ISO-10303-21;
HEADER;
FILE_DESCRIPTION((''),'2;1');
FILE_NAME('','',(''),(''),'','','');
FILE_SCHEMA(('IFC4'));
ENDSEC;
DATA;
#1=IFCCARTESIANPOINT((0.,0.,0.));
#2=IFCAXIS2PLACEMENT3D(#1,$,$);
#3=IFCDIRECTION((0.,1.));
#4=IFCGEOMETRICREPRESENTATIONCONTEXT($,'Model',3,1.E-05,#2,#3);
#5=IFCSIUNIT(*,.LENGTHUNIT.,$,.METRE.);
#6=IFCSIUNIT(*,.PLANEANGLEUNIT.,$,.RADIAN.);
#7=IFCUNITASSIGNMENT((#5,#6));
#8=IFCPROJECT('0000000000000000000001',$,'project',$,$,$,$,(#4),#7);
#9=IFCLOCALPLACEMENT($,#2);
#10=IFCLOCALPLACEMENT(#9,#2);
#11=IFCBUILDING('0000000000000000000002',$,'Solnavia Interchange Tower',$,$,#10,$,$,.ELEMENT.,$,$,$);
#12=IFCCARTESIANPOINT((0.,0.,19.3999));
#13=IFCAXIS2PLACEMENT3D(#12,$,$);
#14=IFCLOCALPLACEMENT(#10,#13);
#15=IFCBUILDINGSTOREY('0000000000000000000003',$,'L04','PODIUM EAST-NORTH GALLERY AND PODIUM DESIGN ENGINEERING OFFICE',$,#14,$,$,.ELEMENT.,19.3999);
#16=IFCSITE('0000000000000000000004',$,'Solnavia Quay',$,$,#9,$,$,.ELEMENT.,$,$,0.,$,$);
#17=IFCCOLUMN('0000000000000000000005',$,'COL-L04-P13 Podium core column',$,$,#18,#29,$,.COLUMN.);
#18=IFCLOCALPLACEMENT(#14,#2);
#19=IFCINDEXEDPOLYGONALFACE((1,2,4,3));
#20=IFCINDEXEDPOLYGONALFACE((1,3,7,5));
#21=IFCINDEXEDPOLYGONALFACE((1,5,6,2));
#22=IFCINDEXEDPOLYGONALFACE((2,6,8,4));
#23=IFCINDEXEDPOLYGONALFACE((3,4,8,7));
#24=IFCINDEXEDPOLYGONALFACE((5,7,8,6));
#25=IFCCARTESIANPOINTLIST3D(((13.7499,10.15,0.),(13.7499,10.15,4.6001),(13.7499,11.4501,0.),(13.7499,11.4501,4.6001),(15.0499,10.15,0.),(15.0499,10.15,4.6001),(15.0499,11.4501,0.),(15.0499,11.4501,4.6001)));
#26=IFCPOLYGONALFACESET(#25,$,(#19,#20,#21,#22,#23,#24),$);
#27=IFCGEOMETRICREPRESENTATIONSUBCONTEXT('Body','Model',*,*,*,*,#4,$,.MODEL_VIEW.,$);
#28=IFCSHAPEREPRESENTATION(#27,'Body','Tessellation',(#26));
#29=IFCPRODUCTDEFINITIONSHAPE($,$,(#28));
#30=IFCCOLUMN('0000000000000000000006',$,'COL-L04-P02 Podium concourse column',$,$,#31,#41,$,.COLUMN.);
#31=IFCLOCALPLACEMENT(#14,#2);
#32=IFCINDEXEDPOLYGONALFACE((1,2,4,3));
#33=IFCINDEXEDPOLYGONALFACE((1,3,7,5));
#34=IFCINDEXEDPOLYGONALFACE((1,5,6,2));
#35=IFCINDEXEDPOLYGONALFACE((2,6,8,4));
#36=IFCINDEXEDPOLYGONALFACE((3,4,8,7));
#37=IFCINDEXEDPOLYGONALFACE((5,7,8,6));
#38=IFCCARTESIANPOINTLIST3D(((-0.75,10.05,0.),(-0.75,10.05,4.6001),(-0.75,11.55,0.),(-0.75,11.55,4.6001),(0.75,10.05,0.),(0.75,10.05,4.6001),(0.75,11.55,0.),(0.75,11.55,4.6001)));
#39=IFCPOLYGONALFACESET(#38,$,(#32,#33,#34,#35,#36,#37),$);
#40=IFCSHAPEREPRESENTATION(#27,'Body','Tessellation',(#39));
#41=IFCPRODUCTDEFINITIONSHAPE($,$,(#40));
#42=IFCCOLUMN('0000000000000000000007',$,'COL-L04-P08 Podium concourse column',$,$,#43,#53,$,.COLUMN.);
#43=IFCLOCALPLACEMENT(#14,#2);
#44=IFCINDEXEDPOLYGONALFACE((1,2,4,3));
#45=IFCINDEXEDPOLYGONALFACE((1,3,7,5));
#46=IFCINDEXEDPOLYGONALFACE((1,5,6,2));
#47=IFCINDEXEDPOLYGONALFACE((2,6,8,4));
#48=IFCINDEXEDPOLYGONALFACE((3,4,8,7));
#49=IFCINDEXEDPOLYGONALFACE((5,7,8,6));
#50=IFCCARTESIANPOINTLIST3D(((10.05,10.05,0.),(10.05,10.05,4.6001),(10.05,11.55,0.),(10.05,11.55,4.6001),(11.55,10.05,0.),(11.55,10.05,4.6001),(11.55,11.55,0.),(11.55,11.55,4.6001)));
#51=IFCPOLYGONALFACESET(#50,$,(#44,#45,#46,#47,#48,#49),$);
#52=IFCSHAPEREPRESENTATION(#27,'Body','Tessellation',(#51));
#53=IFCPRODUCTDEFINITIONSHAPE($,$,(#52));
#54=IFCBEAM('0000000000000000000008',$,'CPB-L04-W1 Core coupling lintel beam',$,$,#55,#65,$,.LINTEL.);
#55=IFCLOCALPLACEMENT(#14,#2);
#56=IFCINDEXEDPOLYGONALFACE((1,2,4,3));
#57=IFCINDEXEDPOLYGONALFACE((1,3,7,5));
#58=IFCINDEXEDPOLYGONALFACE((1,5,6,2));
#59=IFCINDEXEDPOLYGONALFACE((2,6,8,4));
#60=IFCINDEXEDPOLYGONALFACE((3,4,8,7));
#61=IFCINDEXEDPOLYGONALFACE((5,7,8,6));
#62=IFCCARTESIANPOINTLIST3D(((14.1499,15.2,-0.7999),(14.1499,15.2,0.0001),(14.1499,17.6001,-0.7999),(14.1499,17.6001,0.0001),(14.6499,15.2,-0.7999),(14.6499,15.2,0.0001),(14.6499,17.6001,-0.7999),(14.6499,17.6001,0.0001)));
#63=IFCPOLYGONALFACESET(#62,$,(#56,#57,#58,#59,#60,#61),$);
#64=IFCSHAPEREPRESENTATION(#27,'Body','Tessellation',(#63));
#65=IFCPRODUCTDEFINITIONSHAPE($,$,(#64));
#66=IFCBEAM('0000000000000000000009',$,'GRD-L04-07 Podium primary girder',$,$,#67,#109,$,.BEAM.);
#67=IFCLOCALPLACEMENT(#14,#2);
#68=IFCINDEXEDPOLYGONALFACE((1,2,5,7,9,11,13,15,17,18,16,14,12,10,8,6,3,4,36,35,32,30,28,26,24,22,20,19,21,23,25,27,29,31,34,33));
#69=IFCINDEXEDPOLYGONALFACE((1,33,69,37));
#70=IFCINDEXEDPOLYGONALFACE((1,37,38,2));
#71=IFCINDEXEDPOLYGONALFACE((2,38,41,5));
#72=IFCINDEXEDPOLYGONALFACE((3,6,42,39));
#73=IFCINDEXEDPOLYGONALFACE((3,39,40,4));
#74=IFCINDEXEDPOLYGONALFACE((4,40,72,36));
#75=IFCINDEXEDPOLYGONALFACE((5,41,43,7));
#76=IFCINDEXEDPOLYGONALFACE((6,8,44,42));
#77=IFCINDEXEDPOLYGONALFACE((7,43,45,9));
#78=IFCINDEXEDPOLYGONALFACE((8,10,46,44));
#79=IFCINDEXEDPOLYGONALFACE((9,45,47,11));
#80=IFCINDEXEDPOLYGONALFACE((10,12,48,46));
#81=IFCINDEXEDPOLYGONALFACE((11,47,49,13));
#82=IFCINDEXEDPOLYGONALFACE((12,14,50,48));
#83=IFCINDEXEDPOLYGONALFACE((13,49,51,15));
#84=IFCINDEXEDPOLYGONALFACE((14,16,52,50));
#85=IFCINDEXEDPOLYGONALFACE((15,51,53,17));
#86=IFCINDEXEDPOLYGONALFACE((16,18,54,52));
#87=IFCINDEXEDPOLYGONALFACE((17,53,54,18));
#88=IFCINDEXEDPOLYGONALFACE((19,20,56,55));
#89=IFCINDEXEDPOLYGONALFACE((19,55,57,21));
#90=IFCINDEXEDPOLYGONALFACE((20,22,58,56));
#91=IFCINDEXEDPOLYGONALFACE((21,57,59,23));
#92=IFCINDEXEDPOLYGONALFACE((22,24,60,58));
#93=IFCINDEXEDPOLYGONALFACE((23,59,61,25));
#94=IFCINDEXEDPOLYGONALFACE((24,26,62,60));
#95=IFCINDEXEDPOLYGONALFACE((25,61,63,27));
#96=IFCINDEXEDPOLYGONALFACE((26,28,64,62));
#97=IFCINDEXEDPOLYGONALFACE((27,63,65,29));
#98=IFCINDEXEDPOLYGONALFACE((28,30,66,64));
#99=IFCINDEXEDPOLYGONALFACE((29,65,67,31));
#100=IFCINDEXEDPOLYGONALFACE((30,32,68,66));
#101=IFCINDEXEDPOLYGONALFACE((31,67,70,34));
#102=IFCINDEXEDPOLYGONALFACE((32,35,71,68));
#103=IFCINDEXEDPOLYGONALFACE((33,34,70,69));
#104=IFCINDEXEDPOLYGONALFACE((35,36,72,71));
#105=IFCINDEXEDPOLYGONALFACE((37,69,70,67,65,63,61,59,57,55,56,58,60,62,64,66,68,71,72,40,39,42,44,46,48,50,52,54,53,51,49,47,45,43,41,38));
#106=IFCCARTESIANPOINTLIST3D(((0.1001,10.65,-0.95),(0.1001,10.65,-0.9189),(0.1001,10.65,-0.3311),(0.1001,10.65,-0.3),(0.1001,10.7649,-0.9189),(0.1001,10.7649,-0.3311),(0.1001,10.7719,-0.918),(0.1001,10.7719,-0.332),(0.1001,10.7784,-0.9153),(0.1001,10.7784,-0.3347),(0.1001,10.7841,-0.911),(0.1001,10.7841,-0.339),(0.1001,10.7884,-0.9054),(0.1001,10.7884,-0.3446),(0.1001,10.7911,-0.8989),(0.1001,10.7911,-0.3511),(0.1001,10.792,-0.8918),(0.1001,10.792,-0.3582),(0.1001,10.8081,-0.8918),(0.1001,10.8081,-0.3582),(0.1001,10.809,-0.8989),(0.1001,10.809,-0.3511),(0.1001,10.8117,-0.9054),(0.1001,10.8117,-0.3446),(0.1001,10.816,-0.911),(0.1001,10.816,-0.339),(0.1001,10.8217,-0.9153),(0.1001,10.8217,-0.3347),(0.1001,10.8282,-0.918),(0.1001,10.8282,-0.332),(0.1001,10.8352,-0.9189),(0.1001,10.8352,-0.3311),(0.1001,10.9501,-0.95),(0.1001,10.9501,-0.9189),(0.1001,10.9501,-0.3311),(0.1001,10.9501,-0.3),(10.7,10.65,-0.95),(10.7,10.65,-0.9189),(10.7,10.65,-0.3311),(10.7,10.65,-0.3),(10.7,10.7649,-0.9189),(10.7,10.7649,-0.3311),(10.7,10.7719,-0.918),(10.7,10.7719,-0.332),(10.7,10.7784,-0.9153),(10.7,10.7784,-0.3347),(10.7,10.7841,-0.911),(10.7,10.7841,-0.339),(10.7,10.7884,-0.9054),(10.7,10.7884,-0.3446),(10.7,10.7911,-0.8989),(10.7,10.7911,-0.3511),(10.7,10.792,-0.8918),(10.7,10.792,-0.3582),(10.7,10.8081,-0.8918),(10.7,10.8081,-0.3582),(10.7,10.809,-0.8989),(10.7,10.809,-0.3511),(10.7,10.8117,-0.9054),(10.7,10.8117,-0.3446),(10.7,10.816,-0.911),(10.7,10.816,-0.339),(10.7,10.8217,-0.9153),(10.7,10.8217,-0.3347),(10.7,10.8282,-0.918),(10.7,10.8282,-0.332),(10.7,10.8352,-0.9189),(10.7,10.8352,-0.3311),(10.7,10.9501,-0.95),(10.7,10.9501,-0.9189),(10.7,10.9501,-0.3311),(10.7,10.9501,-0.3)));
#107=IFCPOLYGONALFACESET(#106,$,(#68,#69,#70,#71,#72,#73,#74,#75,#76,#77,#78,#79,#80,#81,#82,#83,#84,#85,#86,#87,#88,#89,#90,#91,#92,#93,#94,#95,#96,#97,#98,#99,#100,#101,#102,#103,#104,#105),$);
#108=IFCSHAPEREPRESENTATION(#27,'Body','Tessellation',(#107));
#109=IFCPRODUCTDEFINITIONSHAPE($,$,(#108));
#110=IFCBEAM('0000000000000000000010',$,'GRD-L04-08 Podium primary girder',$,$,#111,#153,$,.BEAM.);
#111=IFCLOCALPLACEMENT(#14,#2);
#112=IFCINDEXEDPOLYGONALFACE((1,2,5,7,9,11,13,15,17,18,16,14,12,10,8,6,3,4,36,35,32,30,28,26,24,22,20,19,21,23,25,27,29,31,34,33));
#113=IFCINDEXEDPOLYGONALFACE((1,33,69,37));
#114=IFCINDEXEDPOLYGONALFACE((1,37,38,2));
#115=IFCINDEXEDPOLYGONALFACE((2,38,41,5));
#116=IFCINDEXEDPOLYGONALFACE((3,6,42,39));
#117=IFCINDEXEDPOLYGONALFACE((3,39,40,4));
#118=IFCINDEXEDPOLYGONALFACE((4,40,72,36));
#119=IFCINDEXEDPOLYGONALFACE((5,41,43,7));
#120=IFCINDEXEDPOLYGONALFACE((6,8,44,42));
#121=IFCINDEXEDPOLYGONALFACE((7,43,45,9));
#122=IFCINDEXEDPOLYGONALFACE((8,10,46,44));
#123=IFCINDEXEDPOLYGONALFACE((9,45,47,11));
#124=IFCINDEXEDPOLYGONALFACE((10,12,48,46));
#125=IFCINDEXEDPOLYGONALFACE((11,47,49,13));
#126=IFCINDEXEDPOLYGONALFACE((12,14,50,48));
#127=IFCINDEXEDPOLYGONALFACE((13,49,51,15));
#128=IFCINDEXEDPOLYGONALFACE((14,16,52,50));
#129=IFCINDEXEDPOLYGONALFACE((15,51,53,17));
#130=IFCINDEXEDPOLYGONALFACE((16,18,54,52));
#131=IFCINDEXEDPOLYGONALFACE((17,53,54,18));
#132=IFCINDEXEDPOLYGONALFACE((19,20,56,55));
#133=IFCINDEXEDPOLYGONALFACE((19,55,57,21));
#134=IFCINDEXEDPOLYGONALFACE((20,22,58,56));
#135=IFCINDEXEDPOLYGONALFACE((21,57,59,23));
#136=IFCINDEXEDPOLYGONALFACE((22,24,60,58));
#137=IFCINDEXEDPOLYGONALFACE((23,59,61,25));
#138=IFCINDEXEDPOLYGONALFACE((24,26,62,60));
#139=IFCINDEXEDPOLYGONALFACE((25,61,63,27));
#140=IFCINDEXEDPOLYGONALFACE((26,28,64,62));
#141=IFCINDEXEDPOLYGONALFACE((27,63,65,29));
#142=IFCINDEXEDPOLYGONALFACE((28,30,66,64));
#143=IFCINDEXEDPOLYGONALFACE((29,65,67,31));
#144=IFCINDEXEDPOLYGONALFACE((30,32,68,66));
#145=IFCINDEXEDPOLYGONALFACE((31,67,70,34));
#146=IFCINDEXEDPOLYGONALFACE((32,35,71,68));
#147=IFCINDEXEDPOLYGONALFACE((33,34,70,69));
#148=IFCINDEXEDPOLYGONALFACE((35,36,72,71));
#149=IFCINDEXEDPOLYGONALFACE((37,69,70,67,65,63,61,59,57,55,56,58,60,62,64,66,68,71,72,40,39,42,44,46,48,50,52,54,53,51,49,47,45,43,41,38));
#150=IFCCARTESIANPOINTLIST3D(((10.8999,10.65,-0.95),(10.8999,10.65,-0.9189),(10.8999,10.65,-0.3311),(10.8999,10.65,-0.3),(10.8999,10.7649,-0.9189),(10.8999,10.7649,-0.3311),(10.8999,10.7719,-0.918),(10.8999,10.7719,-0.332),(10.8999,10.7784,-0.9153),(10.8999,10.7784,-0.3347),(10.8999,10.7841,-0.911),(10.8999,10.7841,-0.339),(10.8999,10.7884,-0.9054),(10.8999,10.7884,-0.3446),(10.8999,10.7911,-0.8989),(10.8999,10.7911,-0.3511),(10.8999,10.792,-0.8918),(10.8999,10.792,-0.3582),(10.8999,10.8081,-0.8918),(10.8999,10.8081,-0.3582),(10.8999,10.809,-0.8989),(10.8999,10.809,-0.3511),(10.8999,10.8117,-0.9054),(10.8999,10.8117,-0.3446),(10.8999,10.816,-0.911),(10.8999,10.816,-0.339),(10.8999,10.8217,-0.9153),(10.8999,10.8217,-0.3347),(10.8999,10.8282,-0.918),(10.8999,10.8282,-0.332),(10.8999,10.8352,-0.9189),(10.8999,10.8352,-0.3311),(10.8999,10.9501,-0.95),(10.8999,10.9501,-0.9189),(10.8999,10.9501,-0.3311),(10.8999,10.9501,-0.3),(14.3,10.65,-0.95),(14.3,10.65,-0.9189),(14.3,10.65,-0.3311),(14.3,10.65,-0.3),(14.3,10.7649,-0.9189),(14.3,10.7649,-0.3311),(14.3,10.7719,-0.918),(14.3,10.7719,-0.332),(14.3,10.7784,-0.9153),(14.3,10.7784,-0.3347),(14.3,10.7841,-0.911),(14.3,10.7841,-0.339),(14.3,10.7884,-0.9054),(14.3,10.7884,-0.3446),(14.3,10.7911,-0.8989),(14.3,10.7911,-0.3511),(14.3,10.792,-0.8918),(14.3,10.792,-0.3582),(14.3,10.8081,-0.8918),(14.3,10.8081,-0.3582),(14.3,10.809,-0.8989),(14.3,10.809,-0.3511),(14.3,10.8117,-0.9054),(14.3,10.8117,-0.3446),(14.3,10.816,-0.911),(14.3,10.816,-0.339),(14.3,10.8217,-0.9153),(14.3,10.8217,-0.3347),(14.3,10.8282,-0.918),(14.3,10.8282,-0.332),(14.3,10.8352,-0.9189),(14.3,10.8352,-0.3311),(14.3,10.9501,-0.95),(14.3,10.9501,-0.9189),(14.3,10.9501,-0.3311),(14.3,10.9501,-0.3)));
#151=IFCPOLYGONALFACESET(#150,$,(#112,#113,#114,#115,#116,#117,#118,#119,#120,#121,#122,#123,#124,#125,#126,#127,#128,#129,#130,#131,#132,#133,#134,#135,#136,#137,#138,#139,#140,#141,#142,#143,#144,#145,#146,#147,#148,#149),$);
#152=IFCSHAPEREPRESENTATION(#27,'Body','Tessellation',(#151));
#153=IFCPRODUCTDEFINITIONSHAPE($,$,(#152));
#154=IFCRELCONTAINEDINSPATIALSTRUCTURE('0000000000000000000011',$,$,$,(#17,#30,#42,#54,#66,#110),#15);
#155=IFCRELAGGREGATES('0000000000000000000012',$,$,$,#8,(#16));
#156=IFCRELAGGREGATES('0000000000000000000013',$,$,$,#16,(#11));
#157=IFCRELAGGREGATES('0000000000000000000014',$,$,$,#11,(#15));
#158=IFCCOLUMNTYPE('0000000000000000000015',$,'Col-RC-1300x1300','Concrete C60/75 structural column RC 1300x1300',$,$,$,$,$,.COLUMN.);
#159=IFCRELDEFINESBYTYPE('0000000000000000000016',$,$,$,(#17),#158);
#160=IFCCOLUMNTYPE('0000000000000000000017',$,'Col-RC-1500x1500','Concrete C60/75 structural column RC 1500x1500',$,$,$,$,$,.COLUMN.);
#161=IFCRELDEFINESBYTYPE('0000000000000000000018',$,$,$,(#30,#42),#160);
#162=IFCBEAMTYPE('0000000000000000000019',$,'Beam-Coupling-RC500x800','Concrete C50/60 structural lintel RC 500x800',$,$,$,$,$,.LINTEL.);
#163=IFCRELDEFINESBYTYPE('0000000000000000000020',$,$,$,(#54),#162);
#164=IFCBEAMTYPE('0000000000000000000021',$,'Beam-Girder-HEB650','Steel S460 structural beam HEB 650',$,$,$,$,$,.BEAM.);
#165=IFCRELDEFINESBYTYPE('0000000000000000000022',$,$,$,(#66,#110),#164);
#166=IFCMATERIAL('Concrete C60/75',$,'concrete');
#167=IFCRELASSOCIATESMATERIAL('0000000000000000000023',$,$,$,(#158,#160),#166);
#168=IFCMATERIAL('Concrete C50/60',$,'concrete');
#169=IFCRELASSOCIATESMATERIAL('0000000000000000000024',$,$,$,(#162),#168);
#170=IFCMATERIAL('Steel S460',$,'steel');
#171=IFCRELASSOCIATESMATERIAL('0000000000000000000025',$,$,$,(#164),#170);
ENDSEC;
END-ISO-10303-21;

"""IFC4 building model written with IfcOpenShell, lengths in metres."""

from ifc_helpers import new_model, si_unit, direction, frame, origin, origin_2d, place, context, subcontext, project, spatial, rectangle, i_section, extrude, material, material_profile, profile_set, type_object, element, save


model = new_model("IFC4")

# Units and contexts
model_context = context("Model", 3, precision=1e-05, world=origin(), true_north=direction((0.0, 1.0)))
body_context = subcontext(model_context, "Body", "Model", "MODEL_VIEW")
ifc_project = project(units=[si_unit("LENGTHUNIT", "METRE"), si_unit("PLANEANGLEUNIT", "RADIAN")], contexts=[model_context])

# Site, building, storey
site_placement = place(None, origin())
site = spatial("IfcSite", under=ifc_project, at=site_placement, Name="Solnavia Quay", CompositionType="ELEMENT", RefElevation=0.0)
building_placement = place(site_placement, origin())
building = spatial("IfcBuilding", under=site, at=building_placement, Name="Solnavia Interchange Tower", CompositionType="ELEMENT")
storey_placement = place(building_placement, frame((0.0, 0.0, 19.3999)))
storey = spatial("IfcBuildingStorey", under=building, at=storey_placement, Name="L04", Description="PODIUM EAST-NORTH GALLERY AND PODIUM DESIGN ENGINEERING OFFICE", CompositionType="ELEMENT", Elevation=19.3999)

# Columns
ifc_material_1 = material(Name="Concrete C60/75", Category="concrete")
ifc_material_profile_1 = material_profile(ifc_material_1, rectangle(XDim=1.3, YDim=1.3, at=origin_2d()), Name="RC 1300x1300")
ifc_profile_set_1 = profile_set([ifc_material_profile_1], Name="Concrete C60/75")
column_type_1 = type_object("IfcColumnType", Name="Col-RC-1300x1300", Description="Concrete C60/75 structural column RC 1300x1300", PredefinedType="COLUMN", material=ifc_profile_set_1)
column_placement = place(storey_placement, frame((14.3999, 10.8, 0.0), z_axis=(0.0, 0.0, 1.0), x_axis=(1.0, 0.0, 0.0)))
element("IfcColumn", 1, at=column_placement, inside=storey, type_object=column_type_1, Name="COL-L04-P13 Podium core column", PredefinedType="COLUMN", context=body_context, shape_type="SweptSolid", body=[
    extrude(rectangle(XDim=1.3, YDim=1.3, at=origin_2d()), origin(), (0.0, 0.0, 1.0), 4.6001),
])
ifc_material_profile_2 = material_profile(ifc_material_1, rectangle(XDim=1.5, YDim=1.5, at=origin_2d()), Name="RC 1500x1500")
ifc_profile_set_2 = profile_set([ifc_material_profile_2], Name="Concrete C60/75")
column_type_2 = type_object("IfcColumnType", Name="Col-RC-1500x1500", Description="Concrete C60/75 structural column RC 1500x1500", PredefinedType="COLUMN", material=ifc_profile_set_2)
for number, where, z_axis, x_axis, name in (
    (2, (0.0, 10.8, 0.0), (0.0, 0.0, 1.0), (1.0, 0.0, 0.0), "COL-L04-P02 Podium concourse column"),
    (3, (10.8, 10.8, 0.0), (0.0, 0.0, 1.0), (1.0, 0.0, 0.0), "COL-L04-P08 Podium concourse column"),
):
    element("IfcColumn", number, at=place(storey_placement, frame(where, z_axis=z_axis, x_axis=x_axis)), inside=storey, type_object=column_type_2, Name=name, PredefinedType="COLUMN", context=body_context, shape_type="SweptSolid", body=[
        extrude(rectangle(XDim=1.5, YDim=1.5, at=origin_2d()), origin(), (0.0, 0.0, 1.0), 4.6001),
    ])

# Beams
ifc_material_2 = material(Name="Concrete C50/60", Category="concrete")
ifc_material_profile_3 = material_profile(ifc_material_2, rectangle(XDim=0.5, YDim=0.8, at=origin_2d()), Name="RC 500x800")
ifc_profile_set_3 = profile_set([ifc_material_profile_3], Name="Concrete C50/60")
beam_type_1 = type_object("IfcBeamType", Name="Beam-Coupling-RC500x800", Description="Concrete C50/60 structural lintel RC 500x800", PredefinedType="LINTEL", material=ifc_profile_set_3)
beam_1_placement = place(storey_placement, frame((14.3999, 15.2, -0.3999), z_axis=(0.0, 1.0, 0.0), x_axis=(-1.0, 0.0, 0.0)))
element("IfcBeam", 4, at=beam_1_placement, inside=storey, type_object=beam_type_1, Name="CPB-L04-W1 Core coupling lintel beam", PredefinedType="LINTEL", context=body_context, shape_type="SweptSolid", body=[
    extrude(rectangle(XDim=0.5, YDim=0.8, at=origin_2d()), origin(), (0.0, 0.0, 1.0), 2.4001),
])
ifc_material_3 = material(Name="Steel S460", Category="steel")
ifc_material_profile_4 = material_profile(ifc_material_3, i_section(OverallWidth=0.3, OverallDepth=0.6499, WebThickness=0.0161, FlangeThickness=0.031, FilletRadius=0.0271, at=origin_2d()), Name="HEB 650")
ifc_profile_set_4 = profile_set([ifc_material_profile_4], Name="Steel S460")
beam_type_2 = type_object("IfcBeamType", Name="Beam-Girder-HEB650", Description="Steel S460 structural beam HEB 650", PredefinedType="BEAM", material=ifc_profile_set_4)
beam_2_placement = place(storey_placement, frame((0.1001, 10.8, -0.625), z_axis=(1.0, 0.0, 0.0), x_axis=(0.0, 1.0, 0.0)))
element("IfcBeam", 5, at=beam_2_placement, inside=storey, type_object=beam_type_2, Name="GRD-L04-07 Podium primary girder", PredefinedType="BEAM", context=body_context, shape_type="SweptSolid", body=[
    extrude(i_section(OverallWidth=0.3, OverallDepth=0.6499, WebThickness=0.0161, FlangeThickness=0.031, FilletRadius=0.0271, at=origin_2d()), origin(), (0.0, 0.0, 1.0), 10.5999),
])
beam_3_placement = place(storey_placement, frame((10.8999, 10.8, -0.625), z_axis=(1.0, 0.0, 0.0), x_axis=(0.0, 1.0, 0.0)))
element("IfcBeam", 6, at=beam_3_placement, inside=storey, type_object=beam_type_2, Name="GRD-L04-08 Podium primary girder", PredefinedType="BEAM", context=body_context, shape_type="SweptSolid", body=[
    extrude(i_section(OverallWidth=0.3, OverallDepth=0.6499, WebThickness=0.0161, FlangeThickness=0.031, FilletRadius=0.0271, at=origin_2d()), origin(), (0.0, 0.0, 1.0), 3.4001),
])

save(model, "model.ifc")
